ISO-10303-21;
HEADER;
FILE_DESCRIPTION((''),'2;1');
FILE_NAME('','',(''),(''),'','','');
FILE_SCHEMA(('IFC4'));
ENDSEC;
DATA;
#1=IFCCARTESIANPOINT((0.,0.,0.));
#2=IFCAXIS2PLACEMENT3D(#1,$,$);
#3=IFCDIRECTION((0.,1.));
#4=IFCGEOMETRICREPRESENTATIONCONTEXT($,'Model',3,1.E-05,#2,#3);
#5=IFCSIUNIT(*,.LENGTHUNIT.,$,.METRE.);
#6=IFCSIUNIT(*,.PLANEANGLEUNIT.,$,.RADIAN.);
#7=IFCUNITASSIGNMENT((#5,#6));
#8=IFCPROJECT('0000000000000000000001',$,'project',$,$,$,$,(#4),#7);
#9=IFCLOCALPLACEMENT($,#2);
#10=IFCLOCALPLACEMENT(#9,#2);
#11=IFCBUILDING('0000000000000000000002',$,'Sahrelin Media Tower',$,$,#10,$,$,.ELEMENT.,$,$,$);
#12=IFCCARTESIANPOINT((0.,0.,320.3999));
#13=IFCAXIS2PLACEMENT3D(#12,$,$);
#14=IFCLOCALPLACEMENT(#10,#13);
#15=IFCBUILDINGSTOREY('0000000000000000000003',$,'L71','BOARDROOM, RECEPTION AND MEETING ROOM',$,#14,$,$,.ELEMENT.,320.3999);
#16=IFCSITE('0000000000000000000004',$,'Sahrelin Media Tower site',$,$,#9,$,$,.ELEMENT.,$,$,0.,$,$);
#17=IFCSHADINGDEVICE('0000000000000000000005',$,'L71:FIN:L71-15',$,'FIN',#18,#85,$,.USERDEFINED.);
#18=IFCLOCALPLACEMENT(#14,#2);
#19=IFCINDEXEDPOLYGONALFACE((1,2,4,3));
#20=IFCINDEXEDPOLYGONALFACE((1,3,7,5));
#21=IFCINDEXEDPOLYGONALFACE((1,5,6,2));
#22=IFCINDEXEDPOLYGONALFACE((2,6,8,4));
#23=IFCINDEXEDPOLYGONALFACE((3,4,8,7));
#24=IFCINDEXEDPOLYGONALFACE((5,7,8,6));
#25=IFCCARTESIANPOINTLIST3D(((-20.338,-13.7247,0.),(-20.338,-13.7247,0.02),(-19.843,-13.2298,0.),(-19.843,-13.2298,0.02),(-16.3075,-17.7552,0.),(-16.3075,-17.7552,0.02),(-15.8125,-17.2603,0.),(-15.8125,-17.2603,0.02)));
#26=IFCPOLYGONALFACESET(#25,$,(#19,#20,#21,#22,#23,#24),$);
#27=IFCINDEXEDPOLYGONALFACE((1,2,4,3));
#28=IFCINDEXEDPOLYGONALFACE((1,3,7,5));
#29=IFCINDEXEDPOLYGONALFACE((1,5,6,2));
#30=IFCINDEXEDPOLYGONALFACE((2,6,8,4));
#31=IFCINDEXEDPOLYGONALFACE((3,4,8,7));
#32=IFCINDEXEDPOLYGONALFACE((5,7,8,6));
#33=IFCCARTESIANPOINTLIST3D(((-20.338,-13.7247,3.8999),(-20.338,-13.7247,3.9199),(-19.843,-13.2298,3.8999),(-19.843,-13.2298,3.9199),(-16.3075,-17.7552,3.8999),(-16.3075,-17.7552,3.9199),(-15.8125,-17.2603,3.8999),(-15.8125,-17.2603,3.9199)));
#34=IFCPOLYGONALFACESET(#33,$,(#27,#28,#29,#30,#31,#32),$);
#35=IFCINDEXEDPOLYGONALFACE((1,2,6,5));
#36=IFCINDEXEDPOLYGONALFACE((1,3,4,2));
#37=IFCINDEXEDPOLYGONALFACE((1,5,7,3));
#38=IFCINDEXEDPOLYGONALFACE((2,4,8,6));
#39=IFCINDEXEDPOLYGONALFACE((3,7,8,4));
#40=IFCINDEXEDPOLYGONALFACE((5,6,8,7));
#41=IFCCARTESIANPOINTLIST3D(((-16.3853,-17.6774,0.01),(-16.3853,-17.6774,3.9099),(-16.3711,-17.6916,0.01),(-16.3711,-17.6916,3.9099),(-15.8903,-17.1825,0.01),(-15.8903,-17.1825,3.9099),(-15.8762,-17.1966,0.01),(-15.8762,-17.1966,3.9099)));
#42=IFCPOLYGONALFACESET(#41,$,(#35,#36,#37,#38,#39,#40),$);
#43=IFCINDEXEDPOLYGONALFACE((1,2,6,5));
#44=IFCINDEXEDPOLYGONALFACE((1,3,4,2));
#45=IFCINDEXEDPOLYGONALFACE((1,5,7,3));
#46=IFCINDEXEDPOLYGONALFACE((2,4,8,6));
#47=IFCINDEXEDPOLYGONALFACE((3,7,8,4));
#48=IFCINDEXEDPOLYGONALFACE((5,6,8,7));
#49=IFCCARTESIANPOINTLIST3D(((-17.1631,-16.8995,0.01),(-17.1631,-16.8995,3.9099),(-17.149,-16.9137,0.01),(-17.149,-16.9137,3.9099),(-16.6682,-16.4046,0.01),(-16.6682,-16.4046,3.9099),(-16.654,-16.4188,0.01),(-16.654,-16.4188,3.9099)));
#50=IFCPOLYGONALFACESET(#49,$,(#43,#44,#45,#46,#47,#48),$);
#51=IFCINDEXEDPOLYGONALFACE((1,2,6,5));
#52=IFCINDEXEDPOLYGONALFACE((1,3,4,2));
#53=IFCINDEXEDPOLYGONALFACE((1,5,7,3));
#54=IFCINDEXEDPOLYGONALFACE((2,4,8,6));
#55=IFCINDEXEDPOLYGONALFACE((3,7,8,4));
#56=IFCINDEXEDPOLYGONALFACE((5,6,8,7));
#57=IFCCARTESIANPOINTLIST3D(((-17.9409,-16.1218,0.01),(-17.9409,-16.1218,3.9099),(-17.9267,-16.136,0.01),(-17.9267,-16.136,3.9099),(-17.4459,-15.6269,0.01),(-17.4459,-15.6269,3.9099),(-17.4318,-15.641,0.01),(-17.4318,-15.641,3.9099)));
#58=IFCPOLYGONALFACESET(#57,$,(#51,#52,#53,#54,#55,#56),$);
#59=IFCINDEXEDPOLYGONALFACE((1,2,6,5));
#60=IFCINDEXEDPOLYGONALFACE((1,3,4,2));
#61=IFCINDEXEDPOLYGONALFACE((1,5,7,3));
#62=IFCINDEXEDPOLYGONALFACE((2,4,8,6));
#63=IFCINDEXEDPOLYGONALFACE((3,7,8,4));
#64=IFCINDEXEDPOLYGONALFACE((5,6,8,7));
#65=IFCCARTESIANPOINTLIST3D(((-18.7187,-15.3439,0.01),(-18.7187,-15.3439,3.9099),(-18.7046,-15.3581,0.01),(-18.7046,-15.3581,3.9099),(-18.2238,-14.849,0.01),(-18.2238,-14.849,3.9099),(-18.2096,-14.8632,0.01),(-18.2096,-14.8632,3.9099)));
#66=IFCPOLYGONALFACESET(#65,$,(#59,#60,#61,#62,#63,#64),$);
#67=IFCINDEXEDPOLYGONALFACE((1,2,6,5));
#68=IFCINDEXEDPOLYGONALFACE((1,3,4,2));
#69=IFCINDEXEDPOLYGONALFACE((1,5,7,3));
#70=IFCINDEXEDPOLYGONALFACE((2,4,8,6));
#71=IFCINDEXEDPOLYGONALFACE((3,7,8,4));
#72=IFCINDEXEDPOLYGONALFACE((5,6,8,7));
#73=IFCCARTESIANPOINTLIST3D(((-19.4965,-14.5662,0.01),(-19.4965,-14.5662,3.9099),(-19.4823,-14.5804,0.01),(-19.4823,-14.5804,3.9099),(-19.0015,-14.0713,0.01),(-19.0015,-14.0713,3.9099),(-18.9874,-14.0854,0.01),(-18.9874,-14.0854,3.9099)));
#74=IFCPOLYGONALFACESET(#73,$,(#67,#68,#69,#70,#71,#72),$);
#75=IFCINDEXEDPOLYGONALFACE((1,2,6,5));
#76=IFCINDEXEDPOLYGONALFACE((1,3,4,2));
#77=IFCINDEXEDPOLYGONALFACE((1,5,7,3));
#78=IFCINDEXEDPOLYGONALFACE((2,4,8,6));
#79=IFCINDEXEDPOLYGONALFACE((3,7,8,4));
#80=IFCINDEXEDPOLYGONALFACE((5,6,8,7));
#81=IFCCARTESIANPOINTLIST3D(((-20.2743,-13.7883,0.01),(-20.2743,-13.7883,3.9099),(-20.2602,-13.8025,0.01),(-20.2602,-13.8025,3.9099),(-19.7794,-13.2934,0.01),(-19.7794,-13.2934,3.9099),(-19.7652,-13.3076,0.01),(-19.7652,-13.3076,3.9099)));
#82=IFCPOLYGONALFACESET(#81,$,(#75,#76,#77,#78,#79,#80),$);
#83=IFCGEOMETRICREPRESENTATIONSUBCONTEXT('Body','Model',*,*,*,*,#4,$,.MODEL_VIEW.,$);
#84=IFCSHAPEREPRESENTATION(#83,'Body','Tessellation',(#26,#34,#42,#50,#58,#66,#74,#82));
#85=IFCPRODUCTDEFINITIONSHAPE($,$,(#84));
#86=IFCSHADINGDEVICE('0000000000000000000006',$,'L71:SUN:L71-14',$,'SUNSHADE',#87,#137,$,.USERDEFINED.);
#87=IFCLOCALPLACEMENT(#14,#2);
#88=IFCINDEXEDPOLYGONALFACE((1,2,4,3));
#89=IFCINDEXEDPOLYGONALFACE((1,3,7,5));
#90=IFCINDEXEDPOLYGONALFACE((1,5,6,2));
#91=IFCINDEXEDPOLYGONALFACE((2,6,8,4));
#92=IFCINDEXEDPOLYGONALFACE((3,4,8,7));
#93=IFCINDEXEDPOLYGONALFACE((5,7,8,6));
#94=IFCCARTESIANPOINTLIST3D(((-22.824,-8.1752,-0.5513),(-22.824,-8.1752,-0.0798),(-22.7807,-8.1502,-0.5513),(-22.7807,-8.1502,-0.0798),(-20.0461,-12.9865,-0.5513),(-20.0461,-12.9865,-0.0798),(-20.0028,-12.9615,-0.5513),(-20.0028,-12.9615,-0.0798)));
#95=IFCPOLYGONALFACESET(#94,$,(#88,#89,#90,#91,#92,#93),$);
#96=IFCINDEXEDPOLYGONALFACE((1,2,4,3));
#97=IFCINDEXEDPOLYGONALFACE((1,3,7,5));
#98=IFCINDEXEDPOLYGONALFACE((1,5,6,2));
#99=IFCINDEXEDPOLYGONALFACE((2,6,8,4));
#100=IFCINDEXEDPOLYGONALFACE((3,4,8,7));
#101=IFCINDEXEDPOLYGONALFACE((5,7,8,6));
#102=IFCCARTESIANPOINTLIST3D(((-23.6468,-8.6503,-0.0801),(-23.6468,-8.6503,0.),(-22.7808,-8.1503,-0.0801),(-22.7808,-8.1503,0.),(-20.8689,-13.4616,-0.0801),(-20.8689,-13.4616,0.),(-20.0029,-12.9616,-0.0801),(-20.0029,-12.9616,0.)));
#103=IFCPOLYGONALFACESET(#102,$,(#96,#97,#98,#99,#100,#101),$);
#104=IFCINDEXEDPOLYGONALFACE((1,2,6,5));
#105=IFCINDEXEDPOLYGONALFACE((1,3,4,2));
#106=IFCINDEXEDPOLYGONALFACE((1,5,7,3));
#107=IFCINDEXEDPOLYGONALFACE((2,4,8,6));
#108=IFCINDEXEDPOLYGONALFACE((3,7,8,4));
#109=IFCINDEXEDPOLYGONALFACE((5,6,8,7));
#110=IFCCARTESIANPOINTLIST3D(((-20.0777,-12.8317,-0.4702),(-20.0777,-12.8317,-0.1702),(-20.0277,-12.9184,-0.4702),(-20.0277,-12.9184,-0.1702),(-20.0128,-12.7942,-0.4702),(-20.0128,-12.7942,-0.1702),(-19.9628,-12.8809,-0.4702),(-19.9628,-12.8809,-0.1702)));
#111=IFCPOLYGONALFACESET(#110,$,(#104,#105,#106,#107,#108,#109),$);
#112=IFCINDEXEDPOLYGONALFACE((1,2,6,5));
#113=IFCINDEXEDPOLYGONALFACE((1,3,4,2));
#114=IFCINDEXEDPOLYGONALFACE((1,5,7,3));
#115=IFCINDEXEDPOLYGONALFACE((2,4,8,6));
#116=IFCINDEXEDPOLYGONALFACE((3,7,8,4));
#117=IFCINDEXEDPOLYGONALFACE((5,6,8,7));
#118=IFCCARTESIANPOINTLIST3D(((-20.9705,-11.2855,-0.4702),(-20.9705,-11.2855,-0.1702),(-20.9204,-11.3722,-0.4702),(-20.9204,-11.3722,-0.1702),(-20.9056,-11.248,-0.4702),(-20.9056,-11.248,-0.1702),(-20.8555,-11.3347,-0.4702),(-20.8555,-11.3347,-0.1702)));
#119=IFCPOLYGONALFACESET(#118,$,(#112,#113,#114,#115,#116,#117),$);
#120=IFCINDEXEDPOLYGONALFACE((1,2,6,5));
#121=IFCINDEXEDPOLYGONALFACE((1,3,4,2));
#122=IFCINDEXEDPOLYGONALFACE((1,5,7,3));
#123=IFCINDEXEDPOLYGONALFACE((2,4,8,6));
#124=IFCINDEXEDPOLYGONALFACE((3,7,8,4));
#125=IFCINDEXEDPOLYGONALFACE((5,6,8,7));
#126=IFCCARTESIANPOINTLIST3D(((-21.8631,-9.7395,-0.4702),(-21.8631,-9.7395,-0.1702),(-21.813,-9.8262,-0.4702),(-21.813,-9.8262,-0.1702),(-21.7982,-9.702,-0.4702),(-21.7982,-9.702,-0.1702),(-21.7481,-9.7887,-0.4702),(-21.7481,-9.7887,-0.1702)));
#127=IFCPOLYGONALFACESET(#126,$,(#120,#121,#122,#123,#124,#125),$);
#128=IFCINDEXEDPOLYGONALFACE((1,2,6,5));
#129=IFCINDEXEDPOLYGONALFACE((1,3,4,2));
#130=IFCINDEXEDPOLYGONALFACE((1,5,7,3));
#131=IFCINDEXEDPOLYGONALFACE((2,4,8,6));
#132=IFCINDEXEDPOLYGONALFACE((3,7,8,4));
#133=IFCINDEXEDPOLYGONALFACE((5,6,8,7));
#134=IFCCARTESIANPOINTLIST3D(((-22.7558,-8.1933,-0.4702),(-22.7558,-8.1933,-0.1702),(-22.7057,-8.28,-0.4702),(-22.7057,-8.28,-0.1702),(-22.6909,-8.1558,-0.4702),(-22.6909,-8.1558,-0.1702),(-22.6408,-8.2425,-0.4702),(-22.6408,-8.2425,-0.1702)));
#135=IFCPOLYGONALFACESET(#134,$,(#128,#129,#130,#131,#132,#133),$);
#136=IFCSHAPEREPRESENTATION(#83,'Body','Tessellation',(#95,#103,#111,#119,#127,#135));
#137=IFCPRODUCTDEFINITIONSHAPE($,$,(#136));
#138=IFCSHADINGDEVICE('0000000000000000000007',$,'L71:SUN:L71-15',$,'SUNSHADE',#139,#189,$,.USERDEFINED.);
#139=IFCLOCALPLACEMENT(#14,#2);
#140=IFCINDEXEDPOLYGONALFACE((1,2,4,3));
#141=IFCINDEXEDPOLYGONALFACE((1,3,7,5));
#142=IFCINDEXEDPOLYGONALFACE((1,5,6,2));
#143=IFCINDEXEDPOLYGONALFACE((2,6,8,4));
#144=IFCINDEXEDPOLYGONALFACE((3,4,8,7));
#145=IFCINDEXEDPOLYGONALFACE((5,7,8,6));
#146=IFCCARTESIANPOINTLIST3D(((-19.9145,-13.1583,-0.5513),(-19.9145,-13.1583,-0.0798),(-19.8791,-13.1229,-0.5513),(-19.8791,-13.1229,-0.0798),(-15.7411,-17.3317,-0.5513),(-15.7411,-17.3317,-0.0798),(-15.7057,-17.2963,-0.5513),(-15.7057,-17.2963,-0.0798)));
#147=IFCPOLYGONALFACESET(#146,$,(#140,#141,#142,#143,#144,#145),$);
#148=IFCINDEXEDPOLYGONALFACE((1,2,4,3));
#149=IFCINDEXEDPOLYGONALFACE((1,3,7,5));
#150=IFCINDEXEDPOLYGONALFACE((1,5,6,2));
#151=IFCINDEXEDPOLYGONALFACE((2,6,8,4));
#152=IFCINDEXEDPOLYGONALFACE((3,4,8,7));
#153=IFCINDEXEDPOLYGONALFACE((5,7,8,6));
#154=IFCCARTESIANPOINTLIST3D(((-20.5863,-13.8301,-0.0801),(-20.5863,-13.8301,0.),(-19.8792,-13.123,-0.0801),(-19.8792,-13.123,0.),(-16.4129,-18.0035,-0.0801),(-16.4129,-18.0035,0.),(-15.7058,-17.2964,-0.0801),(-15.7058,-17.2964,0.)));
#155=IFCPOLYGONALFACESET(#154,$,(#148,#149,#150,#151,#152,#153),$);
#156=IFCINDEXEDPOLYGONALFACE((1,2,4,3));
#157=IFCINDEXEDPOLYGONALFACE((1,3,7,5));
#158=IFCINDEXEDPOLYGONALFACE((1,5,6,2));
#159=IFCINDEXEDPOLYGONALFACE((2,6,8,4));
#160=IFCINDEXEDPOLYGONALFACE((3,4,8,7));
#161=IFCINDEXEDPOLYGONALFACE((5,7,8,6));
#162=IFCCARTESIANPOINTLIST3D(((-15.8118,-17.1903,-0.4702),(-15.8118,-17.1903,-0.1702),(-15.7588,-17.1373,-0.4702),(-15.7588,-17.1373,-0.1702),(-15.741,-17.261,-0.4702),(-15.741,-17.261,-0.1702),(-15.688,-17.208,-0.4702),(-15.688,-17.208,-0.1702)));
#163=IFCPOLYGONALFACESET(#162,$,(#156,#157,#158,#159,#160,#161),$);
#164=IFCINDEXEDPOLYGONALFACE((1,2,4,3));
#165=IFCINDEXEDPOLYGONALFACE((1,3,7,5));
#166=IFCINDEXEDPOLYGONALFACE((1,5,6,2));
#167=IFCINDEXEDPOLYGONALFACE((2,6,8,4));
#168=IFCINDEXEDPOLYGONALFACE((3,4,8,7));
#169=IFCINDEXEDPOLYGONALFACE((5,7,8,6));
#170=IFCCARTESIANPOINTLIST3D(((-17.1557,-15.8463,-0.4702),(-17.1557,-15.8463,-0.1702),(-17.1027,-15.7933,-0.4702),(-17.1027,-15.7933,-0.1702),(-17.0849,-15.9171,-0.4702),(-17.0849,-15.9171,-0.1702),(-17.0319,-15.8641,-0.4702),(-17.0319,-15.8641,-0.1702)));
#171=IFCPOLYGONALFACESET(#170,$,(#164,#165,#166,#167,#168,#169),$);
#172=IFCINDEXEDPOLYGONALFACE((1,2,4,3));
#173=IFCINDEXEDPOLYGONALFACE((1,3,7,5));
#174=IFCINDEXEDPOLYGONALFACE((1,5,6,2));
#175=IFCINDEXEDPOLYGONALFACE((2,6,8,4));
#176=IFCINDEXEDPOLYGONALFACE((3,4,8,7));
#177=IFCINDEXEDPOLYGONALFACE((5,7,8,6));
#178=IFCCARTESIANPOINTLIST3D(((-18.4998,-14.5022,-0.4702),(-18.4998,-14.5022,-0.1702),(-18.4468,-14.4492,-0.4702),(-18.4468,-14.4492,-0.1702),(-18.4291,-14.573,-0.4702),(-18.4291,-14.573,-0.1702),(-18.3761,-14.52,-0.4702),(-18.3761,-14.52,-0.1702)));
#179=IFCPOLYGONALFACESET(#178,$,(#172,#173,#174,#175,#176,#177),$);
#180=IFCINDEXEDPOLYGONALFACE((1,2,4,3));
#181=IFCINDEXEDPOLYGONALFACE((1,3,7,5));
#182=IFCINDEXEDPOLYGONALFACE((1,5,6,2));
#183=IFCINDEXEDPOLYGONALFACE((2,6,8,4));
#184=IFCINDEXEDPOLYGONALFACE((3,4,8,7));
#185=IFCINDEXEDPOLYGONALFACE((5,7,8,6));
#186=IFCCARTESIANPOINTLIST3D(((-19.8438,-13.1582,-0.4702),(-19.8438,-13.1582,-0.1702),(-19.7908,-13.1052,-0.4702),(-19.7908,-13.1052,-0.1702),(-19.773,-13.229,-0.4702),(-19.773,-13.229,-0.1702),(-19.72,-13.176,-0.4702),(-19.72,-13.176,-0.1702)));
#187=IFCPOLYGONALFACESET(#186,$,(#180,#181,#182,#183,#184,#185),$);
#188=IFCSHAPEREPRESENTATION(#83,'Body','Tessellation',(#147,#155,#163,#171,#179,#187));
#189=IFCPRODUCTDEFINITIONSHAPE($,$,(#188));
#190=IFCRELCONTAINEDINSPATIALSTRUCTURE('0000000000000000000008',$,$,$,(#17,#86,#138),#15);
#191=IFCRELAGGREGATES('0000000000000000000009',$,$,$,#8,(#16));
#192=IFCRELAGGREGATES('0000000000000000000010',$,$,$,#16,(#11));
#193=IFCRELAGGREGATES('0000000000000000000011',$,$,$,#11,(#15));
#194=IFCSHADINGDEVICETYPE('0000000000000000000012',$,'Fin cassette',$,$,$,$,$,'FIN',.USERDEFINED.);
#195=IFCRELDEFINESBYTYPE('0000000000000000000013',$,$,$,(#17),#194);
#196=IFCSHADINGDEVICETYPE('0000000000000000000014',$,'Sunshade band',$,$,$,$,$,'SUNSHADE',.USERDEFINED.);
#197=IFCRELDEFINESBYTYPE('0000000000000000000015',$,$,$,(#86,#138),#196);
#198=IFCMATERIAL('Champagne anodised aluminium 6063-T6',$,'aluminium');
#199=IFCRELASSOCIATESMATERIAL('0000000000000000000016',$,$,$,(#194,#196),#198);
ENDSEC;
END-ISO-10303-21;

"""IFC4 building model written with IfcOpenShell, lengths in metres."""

from ifc_helpers import new_model, si_unit, direction, frame, origin, origin_2d, place, context, subcontext, project, spatial, rectangle, extrude, material, type_object, element, save


model = new_model("IFC4")

# Units and contexts
model_context = context("Model", 3, precision=1e-05, world=origin(), true_north=direction((0.0, 1.0)))
body_context = subcontext(model_context, "Body", "Model", "MODEL_VIEW")
ifc_project = project(units=[si_unit("LENGTHUNIT", "METRE"), si_unit("PLANEANGLEUNIT", "RADIAN")], contexts=[model_context])

# Site, building, storey
site_placement = place(None, origin())
site = spatial("IfcSite", under=ifc_project, at=site_placement, Name="Sahrelin Media Tower site", CompositionType="ELEMENT", RefElevation=0.0)
building_placement = place(site_placement, origin())
building = spatial("IfcBuilding", under=site, at=building_placement, Name="Sahrelin Media Tower", CompositionType="ELEMENT")
storey_placement = place(building_placement, frame((0.0, 0.0, 320.3999)))
storey = spatial("IfcBuildingStorey", under=building, at=storey_placement, Name="L71", Description="BOARDROOM, RECEPTION AND MEETING ROOM", CompositionType="ELEMENT", Elevation=320.3999)

# Shared definitions
ifc_material_1 = material(Name="Champagne anodised aluminium 6063-T6", Category="aluminium")

# Shading devices
shading_device_type_1 = type_object("IfcShadingDeviceType", Name="Fin cassette", ElementType="FIN", PredefinedType="USERDEFINED", material=ifc_material_1)
placement_1 = place(storey_placement, frame((-21.3745, -10.5459, 0.0), z_axis=(0.0, 0.0, 1.0), x_axis=(-0.500011, 0.866019, 0.0)))
placement_2 = place(storey_placement, frame((-17.7783, -15.1956, 0.0), z_axis=(0.0, 0.0, 1.0), x_axis=(-0.707107, 0.707107, 0.0)))
element("IfcShadingDevice", 1, at=placement_2, inside=storey, type_object=shading_device_type_1, Name="L71:FIN:L71-15", ObjectType="FIN", PredefinedType="USERDEFINED", context=body_context, shape_type="SweptSolid", body=[
    extrude(rectangle(XDim=5.7, YDim=0.7, at=origin_2d()), frame((0.0, 0.4199, 0.0)), (0.0, 0.0, 1.0), 0.02),
    extrude(rectangle(XDim=5.7, YDim=0.7, at=origin_2d()), frame((0.0, 0.4199, 3.8999)), (0.0, 0.0, 1.0), 0.02),
    extrude(rectangle(XDim=0.02, YDim=0.7, at=origin_2d()), frame((-2.75, 0.4199, 0.01), z_axis=(0.0, 0.0, 1.0), x_axis=(1.0, 0.0, 0.0)), (0.0, 0.0, 1.0), 3.8999),
    extrude(rectangle(XDim=0.02, YDim=0.7, at=origin_2d()), frame((-1.6499, 0.4199, 0.01), z_axis=(0.0, 0.0, 1.0), x_axis=(1.0, 0.0, 0.0)), (0.0, 0.0, 1.0), 3.8999),
    extrude(rectangle(XDim=0.02, YDim=0.7, at=origin_2d()), frame((-0.55, 0.4199, 0.01), z_axis=(0.0, 0.0, 1.0), x_axis=(1.0, 0.0, 0.0)), (0.0, 0.0, 1.0), 3.8999),
    extrude(rectangle(XDim=0.02, YDim=0.7, at=origin_2d()), frame((0.55, 0.4199, 0.01), z_axis=(0.0, 0.0, 1.0), x_axis=(1.0, 0.0, 0.0)), (0.0, 0.0, 1.0), 3.8999),
    extrude(rectangle(XDim=0.02, YDim=0.7, at=origin_2d()), frame((1.6499, 0.4199, 0.01), z_axis=(0.0, 0.0, 1.0), x_axis=(1.0, 0.0, 0.0)), (0.0, 0.0, 1.0), 3.8999),
    extrude(rectangle(XDim=0.02, YDim=0.7, at=origin_2d()), frame((2.75, 0.4199, 0.01), z_axis=(0.0, 0.0, 1.0), x_axis=(1.0, 0.0, 0.0)), (0.0, 0.0, 1.0), 3.8999),
])
shading_device_type_2 = type_object("IfcShadingDeviceType", Name="Sunshade band", ElementType="SUNSHADE", PredefinedType="USERDEFINED", material=ifc_material_1)
element("IfcShadingDevice", 2, at=placement_1, inside=storey, type_object=shading_device_type_2, Name="L71:SUN:L71-14", ObjectType="SUNSHADE", PredefinedType="USERDEFINED", context=body_context, shape_type="SweptSolid", body=[
    extrude(rectangle(XDim=5.5557, YDim=0.05, at=origin_2d()), frame((0.0, 0.0449, -0.5513)), (0.0, 0.0, 1.0), 0.4714),
    extrude(rectangle(XDim=5.5557, YDim=1.0, at=origin_2d()), frame((0.0, 0.52, -0.0801)), (0.0, 0.0, 1.0), 0.0801),
    extrude(rectangle(XDim=0.1001, YDim=0.075, at=origin_2d()), frame((-2.678, -0.0176, -0.4702)), (0.0, 0.0, 1.0), 0.3),
    extrude(rectangle(XDim=0.1001, YDim=0.075, at=origin_2d()), frame((-0.8926, -0.0176, -0.4702)), (0.0, 0.0, 1.0), 0.3),
    extrude(rectangle(XDim=0.1001, YDim=0.075, at=origin_2d()), frame((0.8926, -0.0176, -0.4702)), (0.0, 0.0, 1.0), 0.3),
    extrude(rectangle(XDim=0.1001, YDim=0.075, at=origin_2d()), frame((2.678, -0.0176, -0.4702)), (0.0, 0.0, 1.0), 0.3),
])
element("IfcShadingDevice", 3, at=placement_2, inside=storey, type_object=shading_device_type_2, Name="L71:SUN:L71-15", ObjectType="SUNSHADE", PredefinedType="USERDEFINED", context=body_context, shape_type="SweptSolid", body=[
    extrude(rectangle(XDim=5.9021, YDim=0.05, at=origin_2d()), frame((0.0, 0.0449, -0.5513)), (0.0, 0.0, 1.0), 0.4714),
    extrude(rectangle(XDim=5.9021, YDim=1.0, at=origin_2d()), frame((0.0, 0.52, -0.0801)), (0.0, 0.0, 1.0), 0.0801),
    extrude(rectangle(XDim=0.1001, YDim=0.075, at=origin_2d()), frame((-2.8511, -0.0176, -0.4702)), (0.0, 0.0, 1.0), 0.3),
    extrude(rectangle(XDim=0.1001, YDim=0.075, at=origin_2d()), frame((-0.9504, -0.0176, -0.4702)), (0.0, 0.0, 1.0), 0.3),
    extrude(rectangle(XDim=0.1001, YDim=0.075, at=origin_2d()), frame((0.9504, -0.0176, -0.4702)), (0.0, 0.0, 1.0), 0.3),
    extrude(rectangle(XDim=0.1001, YDim=0.075, at=origin_2d()), frame((2.8511, -0.0176, -0.4702)), (0.0, 0.0, 1.0), 0.3),
])

save(model, "model.ifc")
